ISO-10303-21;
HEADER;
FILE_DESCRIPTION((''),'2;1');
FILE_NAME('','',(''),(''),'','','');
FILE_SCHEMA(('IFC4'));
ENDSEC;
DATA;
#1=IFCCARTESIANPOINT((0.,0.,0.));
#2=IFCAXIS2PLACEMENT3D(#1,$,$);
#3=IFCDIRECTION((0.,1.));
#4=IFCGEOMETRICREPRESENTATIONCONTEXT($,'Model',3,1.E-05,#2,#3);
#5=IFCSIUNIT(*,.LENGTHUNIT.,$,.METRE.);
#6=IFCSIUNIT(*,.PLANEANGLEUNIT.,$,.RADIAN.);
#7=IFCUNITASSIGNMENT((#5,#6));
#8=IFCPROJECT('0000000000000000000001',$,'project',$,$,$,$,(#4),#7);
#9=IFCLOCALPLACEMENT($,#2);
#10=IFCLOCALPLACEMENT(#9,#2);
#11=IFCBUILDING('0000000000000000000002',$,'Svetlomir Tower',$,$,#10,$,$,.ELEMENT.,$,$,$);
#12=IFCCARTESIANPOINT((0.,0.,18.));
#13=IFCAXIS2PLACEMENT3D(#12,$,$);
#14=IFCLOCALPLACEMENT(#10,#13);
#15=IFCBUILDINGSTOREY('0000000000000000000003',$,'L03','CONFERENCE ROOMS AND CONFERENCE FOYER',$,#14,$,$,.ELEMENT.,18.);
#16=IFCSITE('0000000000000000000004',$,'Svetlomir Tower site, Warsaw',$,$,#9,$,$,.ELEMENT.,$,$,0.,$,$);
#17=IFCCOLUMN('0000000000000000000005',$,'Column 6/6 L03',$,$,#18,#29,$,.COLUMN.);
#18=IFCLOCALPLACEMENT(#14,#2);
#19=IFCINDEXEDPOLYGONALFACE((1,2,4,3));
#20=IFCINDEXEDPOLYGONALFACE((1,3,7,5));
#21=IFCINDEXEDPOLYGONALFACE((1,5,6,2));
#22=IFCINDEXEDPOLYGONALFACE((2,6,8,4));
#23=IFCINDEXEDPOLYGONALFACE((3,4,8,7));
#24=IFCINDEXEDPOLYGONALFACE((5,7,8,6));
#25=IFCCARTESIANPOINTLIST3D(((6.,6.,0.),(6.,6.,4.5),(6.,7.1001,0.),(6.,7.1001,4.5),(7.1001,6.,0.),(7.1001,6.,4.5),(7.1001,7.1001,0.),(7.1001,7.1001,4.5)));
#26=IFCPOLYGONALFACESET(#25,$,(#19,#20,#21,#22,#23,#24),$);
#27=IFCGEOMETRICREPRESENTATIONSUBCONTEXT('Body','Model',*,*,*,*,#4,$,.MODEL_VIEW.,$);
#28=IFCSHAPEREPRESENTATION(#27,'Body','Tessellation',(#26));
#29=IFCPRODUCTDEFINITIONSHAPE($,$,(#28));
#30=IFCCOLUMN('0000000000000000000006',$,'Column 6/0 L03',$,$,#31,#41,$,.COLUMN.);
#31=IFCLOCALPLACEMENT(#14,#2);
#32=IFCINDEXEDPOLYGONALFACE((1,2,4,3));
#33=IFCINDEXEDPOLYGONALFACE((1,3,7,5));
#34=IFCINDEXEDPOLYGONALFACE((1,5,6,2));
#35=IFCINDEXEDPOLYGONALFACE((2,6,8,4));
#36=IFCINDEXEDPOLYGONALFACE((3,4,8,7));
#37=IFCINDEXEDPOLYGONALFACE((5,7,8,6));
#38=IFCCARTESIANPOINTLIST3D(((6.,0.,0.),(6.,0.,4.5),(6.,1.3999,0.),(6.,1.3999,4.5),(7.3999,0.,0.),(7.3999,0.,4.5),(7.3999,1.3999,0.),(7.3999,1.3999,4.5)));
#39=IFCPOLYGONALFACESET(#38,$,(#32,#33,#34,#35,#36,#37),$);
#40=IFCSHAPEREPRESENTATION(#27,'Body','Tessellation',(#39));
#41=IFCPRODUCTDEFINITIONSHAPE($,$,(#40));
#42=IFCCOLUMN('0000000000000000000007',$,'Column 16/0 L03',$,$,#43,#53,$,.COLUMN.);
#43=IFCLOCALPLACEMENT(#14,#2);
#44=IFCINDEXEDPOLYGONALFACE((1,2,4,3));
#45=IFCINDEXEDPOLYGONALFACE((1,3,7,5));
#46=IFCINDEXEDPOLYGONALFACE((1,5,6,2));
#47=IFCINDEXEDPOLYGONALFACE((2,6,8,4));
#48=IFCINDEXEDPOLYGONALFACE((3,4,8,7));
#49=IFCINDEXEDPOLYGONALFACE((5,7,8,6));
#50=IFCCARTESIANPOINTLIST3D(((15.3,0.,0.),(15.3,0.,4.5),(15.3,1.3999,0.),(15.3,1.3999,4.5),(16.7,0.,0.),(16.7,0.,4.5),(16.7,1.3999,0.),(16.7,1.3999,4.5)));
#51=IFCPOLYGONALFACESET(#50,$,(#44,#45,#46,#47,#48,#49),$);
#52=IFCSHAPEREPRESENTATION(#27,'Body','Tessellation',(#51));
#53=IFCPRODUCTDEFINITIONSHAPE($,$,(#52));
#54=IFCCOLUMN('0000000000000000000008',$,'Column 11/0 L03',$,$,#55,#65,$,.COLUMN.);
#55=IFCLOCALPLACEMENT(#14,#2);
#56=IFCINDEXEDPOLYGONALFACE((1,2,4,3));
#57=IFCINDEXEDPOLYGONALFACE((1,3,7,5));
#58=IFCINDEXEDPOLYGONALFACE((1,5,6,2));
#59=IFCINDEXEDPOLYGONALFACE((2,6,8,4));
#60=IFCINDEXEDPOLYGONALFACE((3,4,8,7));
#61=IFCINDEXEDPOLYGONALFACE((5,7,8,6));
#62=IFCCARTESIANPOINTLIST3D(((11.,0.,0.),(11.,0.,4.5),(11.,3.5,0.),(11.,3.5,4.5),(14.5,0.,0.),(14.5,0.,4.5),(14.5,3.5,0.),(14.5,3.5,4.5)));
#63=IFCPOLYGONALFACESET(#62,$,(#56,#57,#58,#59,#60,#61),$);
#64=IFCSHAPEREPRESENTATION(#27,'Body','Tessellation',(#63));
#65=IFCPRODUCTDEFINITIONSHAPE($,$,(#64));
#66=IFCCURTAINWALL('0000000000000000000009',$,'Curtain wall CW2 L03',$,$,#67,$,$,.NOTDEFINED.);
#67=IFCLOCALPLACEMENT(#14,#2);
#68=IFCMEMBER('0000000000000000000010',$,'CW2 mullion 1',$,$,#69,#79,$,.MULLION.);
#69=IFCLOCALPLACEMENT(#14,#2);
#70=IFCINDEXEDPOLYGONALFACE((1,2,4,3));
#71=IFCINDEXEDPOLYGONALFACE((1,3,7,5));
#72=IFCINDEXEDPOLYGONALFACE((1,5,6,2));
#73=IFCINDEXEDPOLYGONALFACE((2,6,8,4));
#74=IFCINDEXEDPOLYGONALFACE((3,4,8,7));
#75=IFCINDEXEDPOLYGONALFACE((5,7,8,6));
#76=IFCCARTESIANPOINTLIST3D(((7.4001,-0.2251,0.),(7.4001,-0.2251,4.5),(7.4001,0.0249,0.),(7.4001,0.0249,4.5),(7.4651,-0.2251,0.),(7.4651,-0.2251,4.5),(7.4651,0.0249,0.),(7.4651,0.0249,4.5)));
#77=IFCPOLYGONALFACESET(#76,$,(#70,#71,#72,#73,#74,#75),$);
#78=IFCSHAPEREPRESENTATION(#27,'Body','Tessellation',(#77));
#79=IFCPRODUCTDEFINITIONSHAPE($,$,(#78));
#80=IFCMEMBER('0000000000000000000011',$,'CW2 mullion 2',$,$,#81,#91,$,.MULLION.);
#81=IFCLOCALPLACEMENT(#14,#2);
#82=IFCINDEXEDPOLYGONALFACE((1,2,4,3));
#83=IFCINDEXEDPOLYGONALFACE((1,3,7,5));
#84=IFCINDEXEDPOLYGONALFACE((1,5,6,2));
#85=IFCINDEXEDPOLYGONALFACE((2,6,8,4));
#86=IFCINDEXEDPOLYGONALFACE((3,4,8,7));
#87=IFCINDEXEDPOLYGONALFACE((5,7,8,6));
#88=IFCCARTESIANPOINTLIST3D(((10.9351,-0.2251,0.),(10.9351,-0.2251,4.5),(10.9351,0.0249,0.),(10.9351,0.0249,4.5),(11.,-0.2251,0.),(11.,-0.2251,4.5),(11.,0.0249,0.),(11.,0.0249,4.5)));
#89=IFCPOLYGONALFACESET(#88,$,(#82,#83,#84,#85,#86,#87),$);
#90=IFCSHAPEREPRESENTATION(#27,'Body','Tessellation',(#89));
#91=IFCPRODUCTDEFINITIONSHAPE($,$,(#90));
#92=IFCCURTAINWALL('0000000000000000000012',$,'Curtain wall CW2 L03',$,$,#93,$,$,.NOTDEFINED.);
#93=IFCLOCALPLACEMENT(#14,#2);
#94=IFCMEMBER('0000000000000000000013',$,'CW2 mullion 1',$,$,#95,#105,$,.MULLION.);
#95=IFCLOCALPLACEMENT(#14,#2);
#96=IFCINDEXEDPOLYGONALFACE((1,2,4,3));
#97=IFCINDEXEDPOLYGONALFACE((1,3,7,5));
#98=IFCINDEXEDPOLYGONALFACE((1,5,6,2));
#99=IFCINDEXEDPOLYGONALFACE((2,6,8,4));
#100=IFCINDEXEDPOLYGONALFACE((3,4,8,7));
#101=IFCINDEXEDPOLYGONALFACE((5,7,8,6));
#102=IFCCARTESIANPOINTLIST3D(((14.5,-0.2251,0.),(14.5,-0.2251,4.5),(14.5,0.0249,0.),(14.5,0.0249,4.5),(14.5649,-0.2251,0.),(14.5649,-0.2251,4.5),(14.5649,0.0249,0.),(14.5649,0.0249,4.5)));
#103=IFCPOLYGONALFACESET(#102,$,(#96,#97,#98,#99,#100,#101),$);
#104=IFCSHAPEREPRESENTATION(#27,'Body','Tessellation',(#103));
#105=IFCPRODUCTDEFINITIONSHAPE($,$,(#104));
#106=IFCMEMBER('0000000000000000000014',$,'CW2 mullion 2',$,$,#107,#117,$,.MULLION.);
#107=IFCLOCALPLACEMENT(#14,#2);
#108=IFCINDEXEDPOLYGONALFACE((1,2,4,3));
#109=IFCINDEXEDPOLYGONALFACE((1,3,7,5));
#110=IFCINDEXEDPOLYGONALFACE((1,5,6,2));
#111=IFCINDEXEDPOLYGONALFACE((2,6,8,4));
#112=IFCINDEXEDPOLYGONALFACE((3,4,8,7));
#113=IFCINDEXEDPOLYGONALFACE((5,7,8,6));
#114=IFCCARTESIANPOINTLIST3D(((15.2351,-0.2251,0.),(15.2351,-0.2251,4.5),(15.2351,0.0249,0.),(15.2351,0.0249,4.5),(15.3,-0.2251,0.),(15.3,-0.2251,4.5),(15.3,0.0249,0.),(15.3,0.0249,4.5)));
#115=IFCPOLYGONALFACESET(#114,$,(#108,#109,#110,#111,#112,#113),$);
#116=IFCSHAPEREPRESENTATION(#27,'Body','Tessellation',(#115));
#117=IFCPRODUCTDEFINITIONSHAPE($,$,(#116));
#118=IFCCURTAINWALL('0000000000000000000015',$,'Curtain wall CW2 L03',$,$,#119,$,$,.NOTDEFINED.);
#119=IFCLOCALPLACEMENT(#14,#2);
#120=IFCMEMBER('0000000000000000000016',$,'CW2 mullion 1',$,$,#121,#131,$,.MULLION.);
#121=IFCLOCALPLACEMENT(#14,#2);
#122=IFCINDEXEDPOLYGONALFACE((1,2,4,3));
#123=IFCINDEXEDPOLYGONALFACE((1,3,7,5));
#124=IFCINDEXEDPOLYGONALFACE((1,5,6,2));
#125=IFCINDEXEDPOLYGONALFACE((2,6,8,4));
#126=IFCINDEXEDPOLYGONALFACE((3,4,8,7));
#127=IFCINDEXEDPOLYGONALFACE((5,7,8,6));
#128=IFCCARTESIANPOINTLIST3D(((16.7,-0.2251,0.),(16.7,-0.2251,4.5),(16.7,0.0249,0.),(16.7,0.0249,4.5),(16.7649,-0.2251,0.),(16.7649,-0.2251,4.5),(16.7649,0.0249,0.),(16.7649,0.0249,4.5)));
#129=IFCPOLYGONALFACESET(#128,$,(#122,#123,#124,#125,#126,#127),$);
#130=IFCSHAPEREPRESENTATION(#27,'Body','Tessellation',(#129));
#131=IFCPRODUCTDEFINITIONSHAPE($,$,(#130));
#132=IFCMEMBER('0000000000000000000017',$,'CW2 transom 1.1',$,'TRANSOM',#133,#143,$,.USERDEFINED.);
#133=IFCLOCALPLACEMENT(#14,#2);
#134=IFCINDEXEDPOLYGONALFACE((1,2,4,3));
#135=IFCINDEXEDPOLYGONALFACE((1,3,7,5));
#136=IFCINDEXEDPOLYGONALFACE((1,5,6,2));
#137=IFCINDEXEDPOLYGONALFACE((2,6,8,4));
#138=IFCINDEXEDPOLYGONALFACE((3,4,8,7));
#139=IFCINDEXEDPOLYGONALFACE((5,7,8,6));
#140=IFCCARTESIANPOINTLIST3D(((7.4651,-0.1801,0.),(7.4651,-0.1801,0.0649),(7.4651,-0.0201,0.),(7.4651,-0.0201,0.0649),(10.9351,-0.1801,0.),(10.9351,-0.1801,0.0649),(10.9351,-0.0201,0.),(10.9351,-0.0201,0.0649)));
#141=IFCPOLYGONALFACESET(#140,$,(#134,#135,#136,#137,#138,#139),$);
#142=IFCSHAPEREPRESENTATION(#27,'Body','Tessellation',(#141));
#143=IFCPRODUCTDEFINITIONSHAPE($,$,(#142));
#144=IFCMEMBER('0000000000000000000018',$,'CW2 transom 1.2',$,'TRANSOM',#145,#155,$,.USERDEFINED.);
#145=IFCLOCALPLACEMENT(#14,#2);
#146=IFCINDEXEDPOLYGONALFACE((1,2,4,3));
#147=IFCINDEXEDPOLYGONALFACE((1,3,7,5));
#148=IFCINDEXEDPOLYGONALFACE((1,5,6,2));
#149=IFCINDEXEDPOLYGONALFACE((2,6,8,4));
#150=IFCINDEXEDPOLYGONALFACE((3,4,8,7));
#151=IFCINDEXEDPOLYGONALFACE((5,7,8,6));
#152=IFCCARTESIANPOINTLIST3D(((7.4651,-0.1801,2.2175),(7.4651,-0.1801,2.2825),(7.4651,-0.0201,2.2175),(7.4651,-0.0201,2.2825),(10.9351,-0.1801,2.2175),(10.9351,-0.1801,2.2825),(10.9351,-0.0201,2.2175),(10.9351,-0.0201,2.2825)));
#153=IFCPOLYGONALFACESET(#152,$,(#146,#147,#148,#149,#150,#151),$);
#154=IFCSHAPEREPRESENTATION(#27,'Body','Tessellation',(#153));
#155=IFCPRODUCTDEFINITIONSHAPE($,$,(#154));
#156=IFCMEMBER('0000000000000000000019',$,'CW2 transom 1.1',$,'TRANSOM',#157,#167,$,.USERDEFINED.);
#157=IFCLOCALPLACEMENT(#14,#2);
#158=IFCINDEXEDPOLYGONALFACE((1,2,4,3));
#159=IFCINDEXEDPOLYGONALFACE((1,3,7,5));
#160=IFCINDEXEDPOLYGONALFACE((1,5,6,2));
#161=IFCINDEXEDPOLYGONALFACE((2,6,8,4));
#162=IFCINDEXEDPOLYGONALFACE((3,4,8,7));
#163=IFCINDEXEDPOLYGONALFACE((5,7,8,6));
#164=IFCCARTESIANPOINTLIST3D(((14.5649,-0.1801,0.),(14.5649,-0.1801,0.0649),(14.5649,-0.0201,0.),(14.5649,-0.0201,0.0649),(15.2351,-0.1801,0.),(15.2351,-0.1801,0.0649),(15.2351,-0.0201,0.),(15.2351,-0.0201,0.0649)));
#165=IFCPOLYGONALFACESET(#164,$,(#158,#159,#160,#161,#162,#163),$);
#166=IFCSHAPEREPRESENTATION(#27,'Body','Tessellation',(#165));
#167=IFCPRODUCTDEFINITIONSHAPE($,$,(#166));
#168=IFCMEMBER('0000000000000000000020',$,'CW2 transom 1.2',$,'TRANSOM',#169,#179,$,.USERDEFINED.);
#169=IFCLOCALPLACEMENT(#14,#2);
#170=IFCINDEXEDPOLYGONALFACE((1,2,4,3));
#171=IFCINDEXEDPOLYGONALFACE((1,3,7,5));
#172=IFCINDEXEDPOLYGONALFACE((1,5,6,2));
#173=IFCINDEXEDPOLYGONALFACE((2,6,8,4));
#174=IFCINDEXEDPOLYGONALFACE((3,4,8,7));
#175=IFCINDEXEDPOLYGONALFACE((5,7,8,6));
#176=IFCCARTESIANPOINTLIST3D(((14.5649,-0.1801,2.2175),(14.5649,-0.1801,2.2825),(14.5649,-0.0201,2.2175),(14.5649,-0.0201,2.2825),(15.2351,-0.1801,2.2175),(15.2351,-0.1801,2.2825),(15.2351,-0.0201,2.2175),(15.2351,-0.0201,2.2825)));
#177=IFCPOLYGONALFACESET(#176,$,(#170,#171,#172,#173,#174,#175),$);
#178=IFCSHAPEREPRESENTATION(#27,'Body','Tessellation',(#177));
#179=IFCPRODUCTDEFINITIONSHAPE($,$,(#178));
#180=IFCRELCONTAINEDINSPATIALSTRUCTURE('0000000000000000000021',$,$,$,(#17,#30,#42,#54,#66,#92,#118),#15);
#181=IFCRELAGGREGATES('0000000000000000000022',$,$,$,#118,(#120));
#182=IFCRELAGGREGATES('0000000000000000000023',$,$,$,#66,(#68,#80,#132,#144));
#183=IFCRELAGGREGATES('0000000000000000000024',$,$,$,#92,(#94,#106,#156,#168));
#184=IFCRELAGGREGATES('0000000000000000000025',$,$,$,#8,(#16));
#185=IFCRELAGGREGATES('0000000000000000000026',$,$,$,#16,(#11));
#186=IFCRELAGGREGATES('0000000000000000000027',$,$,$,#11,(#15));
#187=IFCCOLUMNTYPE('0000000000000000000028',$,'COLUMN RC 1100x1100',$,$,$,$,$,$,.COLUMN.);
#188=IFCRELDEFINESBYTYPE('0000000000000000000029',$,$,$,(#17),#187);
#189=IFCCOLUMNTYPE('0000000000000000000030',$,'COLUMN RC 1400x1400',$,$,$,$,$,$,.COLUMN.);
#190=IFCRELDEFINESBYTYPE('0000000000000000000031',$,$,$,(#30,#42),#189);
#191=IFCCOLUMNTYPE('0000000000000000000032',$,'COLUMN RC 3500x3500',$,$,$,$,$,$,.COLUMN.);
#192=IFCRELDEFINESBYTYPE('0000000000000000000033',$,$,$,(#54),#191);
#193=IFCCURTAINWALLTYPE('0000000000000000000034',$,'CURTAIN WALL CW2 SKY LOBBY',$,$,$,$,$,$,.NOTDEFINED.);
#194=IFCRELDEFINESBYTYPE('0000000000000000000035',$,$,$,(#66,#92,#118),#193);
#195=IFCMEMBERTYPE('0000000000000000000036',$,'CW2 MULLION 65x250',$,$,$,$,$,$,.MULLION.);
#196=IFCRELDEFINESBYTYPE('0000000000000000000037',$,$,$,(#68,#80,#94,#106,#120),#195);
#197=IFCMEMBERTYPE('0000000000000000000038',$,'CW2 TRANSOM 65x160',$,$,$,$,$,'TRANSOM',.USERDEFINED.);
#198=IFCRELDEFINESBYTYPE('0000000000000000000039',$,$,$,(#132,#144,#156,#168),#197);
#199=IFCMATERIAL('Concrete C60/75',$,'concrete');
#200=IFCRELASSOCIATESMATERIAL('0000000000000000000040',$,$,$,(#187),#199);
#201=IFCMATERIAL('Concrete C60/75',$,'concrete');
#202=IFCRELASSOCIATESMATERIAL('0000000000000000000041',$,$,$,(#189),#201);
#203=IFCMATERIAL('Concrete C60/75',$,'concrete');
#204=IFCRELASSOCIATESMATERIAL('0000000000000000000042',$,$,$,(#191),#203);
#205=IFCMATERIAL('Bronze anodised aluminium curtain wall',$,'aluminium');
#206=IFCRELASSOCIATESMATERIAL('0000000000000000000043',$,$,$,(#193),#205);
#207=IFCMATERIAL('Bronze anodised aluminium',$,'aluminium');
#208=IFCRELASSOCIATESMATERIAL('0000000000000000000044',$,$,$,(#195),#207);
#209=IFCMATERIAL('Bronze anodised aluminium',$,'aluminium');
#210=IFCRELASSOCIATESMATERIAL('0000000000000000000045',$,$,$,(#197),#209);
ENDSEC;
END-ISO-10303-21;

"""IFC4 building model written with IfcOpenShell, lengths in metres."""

from ifc_helpers import new_model, si_unit, direction, frame, origin, origin_2d, place, context, subcontext, project, spatial, rectangle, extrude, material, material_profile, profile_set, type_object, element, aggregate, save


model = new_model("IFC4")

# Units and contexts
model_context = context("Model", 3, precision=1e-05, world=origin(), true_north=direction((0.0, 1.0)))
body_context = subcontext(model_context, "Body", "Model", "MODEL_VIEW")
ifc_project = project(units=[si_unit("LENGTHUNIT", "METRE"), si_unit("PLANEANGLEUNIT", "RADIAN")], contexts=[model_context])

# Site, building, storey
site_placement = place(None, origin())
site = spatial("IfcSite", under=ifc_project, at=site_placement, Name="Svetlomir Tower site, Warsaw", CompositionType="ELEMENT", RefElevation=0.0)
building_placement = place(site_placement, origin())
building = spatial("IfcBuilding", under=site, at=building_placement, Name="Svetlomir Tower", CompositionType="ELEMENT")
storey_placement = place(building_placement, frame((0.0, 0.0, 18.0)))
storey = spatial("IfcBuildingStorey", under=building, at=storey_placement, Name="L03", Description="CONFERENCE ROOMS AND CONFERENCE FOYER", CompositionType="ELEMENT", Elevation=18.0)

# Columns
ifc_material_1 = material(Name="Concrete C60/75", Category="concrete")
ifc_material_profile_1 = material_profile(ifc_material_1, rectangle(XDim=1.1001, YDim=1.1001, at=origin_2d()), Name="RC 1100x1100")
ifc_profile_set_1 = profile_set([ifc_material_profile_1], Name="Concrete C60/75")
column_type_1 = type_object("IfcColumnType", Name="COLUMN RC 1100x1100", PredefinedType="COLUMN", material=ifc_profile_set_1)
column_1_placement = place(storey_placement, frame((6.55, 6.55, 0.0), z_axis=(0.0, 0.0, 1.0), x_axis=(1.0, 0.0, 0.0)))
element("IfcColumn", 1, at=column_1_placement, inside=storey, type_object=column_type_1, Name="Column 6/6 L03", PredefinedType="COLUMN", context=body_context, shape_type="SweptSolid", body=[
    extrude(rectangle(XDim=1.1001, YDim=1.1001, at=origin_2d()), origin(), (0.0, 0.0, 1.0), 4.5),
])
ifc_material_2 = material(Name="Concrete C60/75", Category="concrete")
ifc_material_profile_2 = material_profile(ifc_material_2, rectangle(XDim=1.3999, YDim=1.3999, at=origin_2d()), Name="RC 1400x1400")
ifc_profile_set_2 = profile_set([ifc_material_profile_2], Name="Concrete C60/75")
column_type_2 = type_object("IfcColumnType", Name="COLUMN RC 1400x1400", PredefinedType="COLUMN", material=ifc_profile_set_2)
for number, where, z_axis, x_axis, name in (
    (2, (6.7, 0.7, 0.0), (0.0, 0.0, 1.0), (1.0, 0.0, 0.0), "Column 6/0 L03"),
    (3, (16.0, 0.7, 0.0), (0.0, 0.0, 1.0), (1.0, 0.0, 0.0), "Column 16/0 L03"),
):
    element("IfcColumn", number, at=place(storey_placement, frame(where, z_axis=z_axis, x_axis=x_axis)), inside=storey, type_object=column_type_2, Name=name, PredefinedType="COLUMN", context=body_context, shape_type="SweptSolid", body=[
        extrude(rectangle(XDim=1.3999, YDim=1.3999, at=origin_2d()), origin(), (0.0, 0.0, 1.0), 4.5),
    ])
ifc_material_3 = material(Name="Concrete C60/75", Category="concrete")
ifc_material_profile_3 = material_profile(ifc_material_3, rectangle(XDim=3.5, YDim=3.5, at=origin_2d()), Name="RC 3500x3500")
ifc_profile_set_3 = profile_set([ifc_material_profile_3], Name="Concrete C60/75")
column_type_3 = type_object("IfcColumnType", Name="COLUMN RC 3500x3500", PredefinedType="COLUMN", material=ifc_profile_set_3)
column_2_placement = place(storey_placement, frame((12.75, 1.75, 0.0), z_axis=(0.0, 0.0, 1.0), x_axis=(1.0, 0.0, 0.0)))
element("IfcColumn", 4, at=column_2_placement, inside=storey, type_object=column_type_3, Name="Column 11/0 L03", PredefinedType="COLUMN", context=body_context, shape_type="SweptSolid", body=[
    extrude(rectangle(XDim=3.5, YDim=3.5, at=origin_2d()), origin(), (0.0, 0.0, 1.0), 4.5),
])

# Curtain walls, members
ifc_material_4 = material(Name="Bronze anodised aluminium curtain wall", Category="aluminium")
curtain_wall_type = type_object("IfcCurtainWallType", Name="CURTAIN WALL CW2 SKY LOBBY", PredefinedType="NOTDEFINED", material=ifc_material_4)
curtain_wall_1_placement = place(storey_placement, origin())
curtain_wall_1 = element("IfcCurtainWall", 5, at=curtain_wall_1_placement, inside=storey, type_object=curtain_wall_type, Name="Curtain wall CW2 L03", PredefinedType="NOTDEFINED")
ifc_material_5 = material(Name="Bronze anodised aluminium", Category="aluminium")
ifc_material_profile_4 = material_profile(ifc_material_5, rectangle(XDim=0.0649, YDim=0.25, at=origin_2d()), Name="AL 65x250")
ifc_profile_set_4 = profile_set([ifc_material_profile_4], Name="Bronze anodised aluminium 6063-T6")
member_type_1 = type_object("IfcMemberType", Name="CW2 MULLION 65x250", PredefinedType="MULLION", material=ifc_profile_set_4)
member_1_placement = place(storey_placement, frame((7.4326, -0.1001, 0.0), z_axis=(0.0, 0.0, 1.0), x_axis=(1.0, 0.0, 0.0)))
member_1 = element("IfcMember", 6, at=member_1_placement, type_object=member_type_1, Name="CW2 mullion 1", PredefinedType="MULLION", context=body_context, shape_type="SweptSolid", body=[
    extrude(rectangle(XDim=0.0649, YDim=0.25, at=origin_2d()), origin(), (0.0, 0.0, 1.0), 4.5),
])
member_2_placement = place(storey_placement, frame((10.9675, -0.1001, 0.0), z_axis=(0.0, 0.0, 1.0), x_axis=(1.0, 0.0, 0.0)))
member_2 = element("IfcMember", 7, at=member_2_placement, type_object=member_type_1, Name="CW2 mullion 2", PredefinedType="MULLION", context=body_context, shape_type="SweptSolid", body=[
    extrude(rectangle(XDim=0.0649, YDim=0.25, at=origin_2d()), origin(), (0.0, 0.0, 1.0), 4.5),
])
curtain_wall_2_placement = place(storey_placement, origin())
curtain_wall_2 = element("IfcCurtainWall", 8, at=curtain_wall_2_placement, inside=storey, type_object=curtain_wall_type, Name="Curtain wall CW2 L03", PredefinedType="NOTDEFINED")
member_3_placement = place(storey_placement, frame((14.5325, -0.1001, 0.0), z_axis=(0.0, 0.0, 1.0), x_axis=(1.0, 0.0, 0.0)))
member_3 = element("IfcMember", 9, at=member_3_placement, type_object=member_type_1, Name="CW2 mullion 1", PredefinedType="MULLION", context=body_context, shape_type="SweptSolid", body=[
    extrude(rectangle(XDim=0.0649, YDim=0.25, at=origin_2d()), origin(), (0.0, 0.0, 1.0), 4.5),
])
member_4_placement = place(storey_placement, frame((15.2676, -0.1001, 0.0), z_axis=(0.0, 0.0, 1.0), x_axis=(1.0, 0.0, 0.0)))
member_4 = element("IfcMember", 10, at=member_4_placement, type_object=member_type_1, Name="CW2 mullion 2", PredefinedType="MULLION", context=body_context, shape_type="SweptSolid", body=[
    extrude(rectangle(XDim=0.0649, YDim=0.25, at=origin_2d()), origin(), (0.0, 0.0, 1.0), 4.5),
])

# Curtain wall, member
curtain_wall_3_placement = place(storey_placement, origin())
curtain_wall_3 = element("IfcCurtainWall", 11, at=curtain_wall_3_placement, inside=storey, type_object=curtain_wall_type, Name="Curtain wall CW2 L03", PredefinedType="NOTDEFINED")
member_5_placement = place(storey_placement, frame((16.7324, -0.1001, 0.0), z_axis=(0.0, 0.0, 1.0), x_axis=(1.0, 0.0, 0.0)))
member_5 = element("IfcMember", 12, at=member_5_placement, type_object=member_type_1, Name="CW2 mullion 1", PredefinedType="MULLION", context=body_context, shape_type="SweptSolid", body=[
    extrude(rectangle(XDim=0.0649, YDim=0.25, at=origin_2d()), origin(), (0.0, 0.0, 1.0), 4.5),
])
aggregate(curtain_wall_3, [member_5])

# Members
ifc_material_6 = material(Name="Bronze anodised aluminium", Category="aluminium")
ifc_material_profile_5 = material_profile(ifc_material_6, rectangle(XDim=0.1599, YDim=0.0649, at=origin_2d()), Name="AL 160x65")
ifc_profile_set_5 = profile_set([ifc_material_profile_5], Name="Bronze anodised aluminium 6063-T6")
member_type_2 = type_object("IfcMemberType", Name="CW2 TRANSOM 65x160", ElementType="TRANSOM", PredefinedType="USERDEFINED", material=ifc_profile_set_5)
member_6_placement = place(storey_placement, frame((7.4651, -0.1001, 0.0325), z_axis=(1.0, 0.0, 0.0), x_axis=(0.0, 1.0, 0.0)))
member_6 = element("IfcMember", 13, at=member_6_placement, type_object=member_type_2, Name="CW2 transom 1.1", ObjectType="TRANSOM", PredefinedType="USERDEFINED", context=body_context, shape_type="SweptSolid", body=[
    extrude(rectangle(XDim=0.1599, YDim=0.0649, at=origin_2d()), origin(), (0.0, 0.0, 1.0), 3.47),
])
member_7_placement = place(storey_placement, frame((7.4651, -0.1001, 2.25), z_axis=(1.0, 0.0, 0.0), x_axis=(0.0, 1.0, 0.0)))
member_7 = element("IfcMember", 14, at=member_7_placement, type_object=member_type_2, Name="CW2 transom 1.2", ObjectType="TRANSOM", PredefinedType="USERDEFINED", context=body_context, shape_type="SweptSolid", body=[
    extrude(rectangle(XDim=0.1599, YDim=0.0649, at=origin_2d()), origin(), (0.0, 0.0, 1.0), 3.47),
])
member_8_placement = place(storey_placement, frame((14.5649, -0.1001, 0.0325), z_axis=(1.0, 0.0, 0.0), x_axis=(0.0, 1.0, 0.0)))
member_8 = element("IfcMember", 15, at=member_8_placement, type_object=member_type_2, Name="CW2 transom 1.1", ObjectType="TRANSOM", PredefinedType="USERDEFINED", context=body_context, shape_type="SweptSolid", body=[
    extrude(rectangle(XDim=0.1599, YDim=0.0649, at=origin_2d()), origin(), (0.0, 0.0, 1.0), 0.6702),
])
member_9_placement = place(storey_placement, frame((14.5649, -0.1001, 2.25), z_axis=(1.0, 0.0, 0.0), x_axis=(0.0, 1.0, 0.0)))
member_9 = element("IfcMember", 16, at=member_9_placement, type_object=member_type_2, Name="CW2 transom 1.2", ObjectType="TRANSOM", PredefinedType="USERDEFINED", context=body_context, shape_type="SweptSolid", body=[
    extrude(rectangle(XDim=0.1599, YDim=0.0649, at=origin_2d()), origin(), (0.0, 0.0, 1.0), 0.6702),
])

aggregate(curtain_wall_1, [member_1, member_2, member_6, member_7])
aggregate(curtain_wall_2, [member_3, member_4, member_8, member_9])

save(model, "model.ifc")
